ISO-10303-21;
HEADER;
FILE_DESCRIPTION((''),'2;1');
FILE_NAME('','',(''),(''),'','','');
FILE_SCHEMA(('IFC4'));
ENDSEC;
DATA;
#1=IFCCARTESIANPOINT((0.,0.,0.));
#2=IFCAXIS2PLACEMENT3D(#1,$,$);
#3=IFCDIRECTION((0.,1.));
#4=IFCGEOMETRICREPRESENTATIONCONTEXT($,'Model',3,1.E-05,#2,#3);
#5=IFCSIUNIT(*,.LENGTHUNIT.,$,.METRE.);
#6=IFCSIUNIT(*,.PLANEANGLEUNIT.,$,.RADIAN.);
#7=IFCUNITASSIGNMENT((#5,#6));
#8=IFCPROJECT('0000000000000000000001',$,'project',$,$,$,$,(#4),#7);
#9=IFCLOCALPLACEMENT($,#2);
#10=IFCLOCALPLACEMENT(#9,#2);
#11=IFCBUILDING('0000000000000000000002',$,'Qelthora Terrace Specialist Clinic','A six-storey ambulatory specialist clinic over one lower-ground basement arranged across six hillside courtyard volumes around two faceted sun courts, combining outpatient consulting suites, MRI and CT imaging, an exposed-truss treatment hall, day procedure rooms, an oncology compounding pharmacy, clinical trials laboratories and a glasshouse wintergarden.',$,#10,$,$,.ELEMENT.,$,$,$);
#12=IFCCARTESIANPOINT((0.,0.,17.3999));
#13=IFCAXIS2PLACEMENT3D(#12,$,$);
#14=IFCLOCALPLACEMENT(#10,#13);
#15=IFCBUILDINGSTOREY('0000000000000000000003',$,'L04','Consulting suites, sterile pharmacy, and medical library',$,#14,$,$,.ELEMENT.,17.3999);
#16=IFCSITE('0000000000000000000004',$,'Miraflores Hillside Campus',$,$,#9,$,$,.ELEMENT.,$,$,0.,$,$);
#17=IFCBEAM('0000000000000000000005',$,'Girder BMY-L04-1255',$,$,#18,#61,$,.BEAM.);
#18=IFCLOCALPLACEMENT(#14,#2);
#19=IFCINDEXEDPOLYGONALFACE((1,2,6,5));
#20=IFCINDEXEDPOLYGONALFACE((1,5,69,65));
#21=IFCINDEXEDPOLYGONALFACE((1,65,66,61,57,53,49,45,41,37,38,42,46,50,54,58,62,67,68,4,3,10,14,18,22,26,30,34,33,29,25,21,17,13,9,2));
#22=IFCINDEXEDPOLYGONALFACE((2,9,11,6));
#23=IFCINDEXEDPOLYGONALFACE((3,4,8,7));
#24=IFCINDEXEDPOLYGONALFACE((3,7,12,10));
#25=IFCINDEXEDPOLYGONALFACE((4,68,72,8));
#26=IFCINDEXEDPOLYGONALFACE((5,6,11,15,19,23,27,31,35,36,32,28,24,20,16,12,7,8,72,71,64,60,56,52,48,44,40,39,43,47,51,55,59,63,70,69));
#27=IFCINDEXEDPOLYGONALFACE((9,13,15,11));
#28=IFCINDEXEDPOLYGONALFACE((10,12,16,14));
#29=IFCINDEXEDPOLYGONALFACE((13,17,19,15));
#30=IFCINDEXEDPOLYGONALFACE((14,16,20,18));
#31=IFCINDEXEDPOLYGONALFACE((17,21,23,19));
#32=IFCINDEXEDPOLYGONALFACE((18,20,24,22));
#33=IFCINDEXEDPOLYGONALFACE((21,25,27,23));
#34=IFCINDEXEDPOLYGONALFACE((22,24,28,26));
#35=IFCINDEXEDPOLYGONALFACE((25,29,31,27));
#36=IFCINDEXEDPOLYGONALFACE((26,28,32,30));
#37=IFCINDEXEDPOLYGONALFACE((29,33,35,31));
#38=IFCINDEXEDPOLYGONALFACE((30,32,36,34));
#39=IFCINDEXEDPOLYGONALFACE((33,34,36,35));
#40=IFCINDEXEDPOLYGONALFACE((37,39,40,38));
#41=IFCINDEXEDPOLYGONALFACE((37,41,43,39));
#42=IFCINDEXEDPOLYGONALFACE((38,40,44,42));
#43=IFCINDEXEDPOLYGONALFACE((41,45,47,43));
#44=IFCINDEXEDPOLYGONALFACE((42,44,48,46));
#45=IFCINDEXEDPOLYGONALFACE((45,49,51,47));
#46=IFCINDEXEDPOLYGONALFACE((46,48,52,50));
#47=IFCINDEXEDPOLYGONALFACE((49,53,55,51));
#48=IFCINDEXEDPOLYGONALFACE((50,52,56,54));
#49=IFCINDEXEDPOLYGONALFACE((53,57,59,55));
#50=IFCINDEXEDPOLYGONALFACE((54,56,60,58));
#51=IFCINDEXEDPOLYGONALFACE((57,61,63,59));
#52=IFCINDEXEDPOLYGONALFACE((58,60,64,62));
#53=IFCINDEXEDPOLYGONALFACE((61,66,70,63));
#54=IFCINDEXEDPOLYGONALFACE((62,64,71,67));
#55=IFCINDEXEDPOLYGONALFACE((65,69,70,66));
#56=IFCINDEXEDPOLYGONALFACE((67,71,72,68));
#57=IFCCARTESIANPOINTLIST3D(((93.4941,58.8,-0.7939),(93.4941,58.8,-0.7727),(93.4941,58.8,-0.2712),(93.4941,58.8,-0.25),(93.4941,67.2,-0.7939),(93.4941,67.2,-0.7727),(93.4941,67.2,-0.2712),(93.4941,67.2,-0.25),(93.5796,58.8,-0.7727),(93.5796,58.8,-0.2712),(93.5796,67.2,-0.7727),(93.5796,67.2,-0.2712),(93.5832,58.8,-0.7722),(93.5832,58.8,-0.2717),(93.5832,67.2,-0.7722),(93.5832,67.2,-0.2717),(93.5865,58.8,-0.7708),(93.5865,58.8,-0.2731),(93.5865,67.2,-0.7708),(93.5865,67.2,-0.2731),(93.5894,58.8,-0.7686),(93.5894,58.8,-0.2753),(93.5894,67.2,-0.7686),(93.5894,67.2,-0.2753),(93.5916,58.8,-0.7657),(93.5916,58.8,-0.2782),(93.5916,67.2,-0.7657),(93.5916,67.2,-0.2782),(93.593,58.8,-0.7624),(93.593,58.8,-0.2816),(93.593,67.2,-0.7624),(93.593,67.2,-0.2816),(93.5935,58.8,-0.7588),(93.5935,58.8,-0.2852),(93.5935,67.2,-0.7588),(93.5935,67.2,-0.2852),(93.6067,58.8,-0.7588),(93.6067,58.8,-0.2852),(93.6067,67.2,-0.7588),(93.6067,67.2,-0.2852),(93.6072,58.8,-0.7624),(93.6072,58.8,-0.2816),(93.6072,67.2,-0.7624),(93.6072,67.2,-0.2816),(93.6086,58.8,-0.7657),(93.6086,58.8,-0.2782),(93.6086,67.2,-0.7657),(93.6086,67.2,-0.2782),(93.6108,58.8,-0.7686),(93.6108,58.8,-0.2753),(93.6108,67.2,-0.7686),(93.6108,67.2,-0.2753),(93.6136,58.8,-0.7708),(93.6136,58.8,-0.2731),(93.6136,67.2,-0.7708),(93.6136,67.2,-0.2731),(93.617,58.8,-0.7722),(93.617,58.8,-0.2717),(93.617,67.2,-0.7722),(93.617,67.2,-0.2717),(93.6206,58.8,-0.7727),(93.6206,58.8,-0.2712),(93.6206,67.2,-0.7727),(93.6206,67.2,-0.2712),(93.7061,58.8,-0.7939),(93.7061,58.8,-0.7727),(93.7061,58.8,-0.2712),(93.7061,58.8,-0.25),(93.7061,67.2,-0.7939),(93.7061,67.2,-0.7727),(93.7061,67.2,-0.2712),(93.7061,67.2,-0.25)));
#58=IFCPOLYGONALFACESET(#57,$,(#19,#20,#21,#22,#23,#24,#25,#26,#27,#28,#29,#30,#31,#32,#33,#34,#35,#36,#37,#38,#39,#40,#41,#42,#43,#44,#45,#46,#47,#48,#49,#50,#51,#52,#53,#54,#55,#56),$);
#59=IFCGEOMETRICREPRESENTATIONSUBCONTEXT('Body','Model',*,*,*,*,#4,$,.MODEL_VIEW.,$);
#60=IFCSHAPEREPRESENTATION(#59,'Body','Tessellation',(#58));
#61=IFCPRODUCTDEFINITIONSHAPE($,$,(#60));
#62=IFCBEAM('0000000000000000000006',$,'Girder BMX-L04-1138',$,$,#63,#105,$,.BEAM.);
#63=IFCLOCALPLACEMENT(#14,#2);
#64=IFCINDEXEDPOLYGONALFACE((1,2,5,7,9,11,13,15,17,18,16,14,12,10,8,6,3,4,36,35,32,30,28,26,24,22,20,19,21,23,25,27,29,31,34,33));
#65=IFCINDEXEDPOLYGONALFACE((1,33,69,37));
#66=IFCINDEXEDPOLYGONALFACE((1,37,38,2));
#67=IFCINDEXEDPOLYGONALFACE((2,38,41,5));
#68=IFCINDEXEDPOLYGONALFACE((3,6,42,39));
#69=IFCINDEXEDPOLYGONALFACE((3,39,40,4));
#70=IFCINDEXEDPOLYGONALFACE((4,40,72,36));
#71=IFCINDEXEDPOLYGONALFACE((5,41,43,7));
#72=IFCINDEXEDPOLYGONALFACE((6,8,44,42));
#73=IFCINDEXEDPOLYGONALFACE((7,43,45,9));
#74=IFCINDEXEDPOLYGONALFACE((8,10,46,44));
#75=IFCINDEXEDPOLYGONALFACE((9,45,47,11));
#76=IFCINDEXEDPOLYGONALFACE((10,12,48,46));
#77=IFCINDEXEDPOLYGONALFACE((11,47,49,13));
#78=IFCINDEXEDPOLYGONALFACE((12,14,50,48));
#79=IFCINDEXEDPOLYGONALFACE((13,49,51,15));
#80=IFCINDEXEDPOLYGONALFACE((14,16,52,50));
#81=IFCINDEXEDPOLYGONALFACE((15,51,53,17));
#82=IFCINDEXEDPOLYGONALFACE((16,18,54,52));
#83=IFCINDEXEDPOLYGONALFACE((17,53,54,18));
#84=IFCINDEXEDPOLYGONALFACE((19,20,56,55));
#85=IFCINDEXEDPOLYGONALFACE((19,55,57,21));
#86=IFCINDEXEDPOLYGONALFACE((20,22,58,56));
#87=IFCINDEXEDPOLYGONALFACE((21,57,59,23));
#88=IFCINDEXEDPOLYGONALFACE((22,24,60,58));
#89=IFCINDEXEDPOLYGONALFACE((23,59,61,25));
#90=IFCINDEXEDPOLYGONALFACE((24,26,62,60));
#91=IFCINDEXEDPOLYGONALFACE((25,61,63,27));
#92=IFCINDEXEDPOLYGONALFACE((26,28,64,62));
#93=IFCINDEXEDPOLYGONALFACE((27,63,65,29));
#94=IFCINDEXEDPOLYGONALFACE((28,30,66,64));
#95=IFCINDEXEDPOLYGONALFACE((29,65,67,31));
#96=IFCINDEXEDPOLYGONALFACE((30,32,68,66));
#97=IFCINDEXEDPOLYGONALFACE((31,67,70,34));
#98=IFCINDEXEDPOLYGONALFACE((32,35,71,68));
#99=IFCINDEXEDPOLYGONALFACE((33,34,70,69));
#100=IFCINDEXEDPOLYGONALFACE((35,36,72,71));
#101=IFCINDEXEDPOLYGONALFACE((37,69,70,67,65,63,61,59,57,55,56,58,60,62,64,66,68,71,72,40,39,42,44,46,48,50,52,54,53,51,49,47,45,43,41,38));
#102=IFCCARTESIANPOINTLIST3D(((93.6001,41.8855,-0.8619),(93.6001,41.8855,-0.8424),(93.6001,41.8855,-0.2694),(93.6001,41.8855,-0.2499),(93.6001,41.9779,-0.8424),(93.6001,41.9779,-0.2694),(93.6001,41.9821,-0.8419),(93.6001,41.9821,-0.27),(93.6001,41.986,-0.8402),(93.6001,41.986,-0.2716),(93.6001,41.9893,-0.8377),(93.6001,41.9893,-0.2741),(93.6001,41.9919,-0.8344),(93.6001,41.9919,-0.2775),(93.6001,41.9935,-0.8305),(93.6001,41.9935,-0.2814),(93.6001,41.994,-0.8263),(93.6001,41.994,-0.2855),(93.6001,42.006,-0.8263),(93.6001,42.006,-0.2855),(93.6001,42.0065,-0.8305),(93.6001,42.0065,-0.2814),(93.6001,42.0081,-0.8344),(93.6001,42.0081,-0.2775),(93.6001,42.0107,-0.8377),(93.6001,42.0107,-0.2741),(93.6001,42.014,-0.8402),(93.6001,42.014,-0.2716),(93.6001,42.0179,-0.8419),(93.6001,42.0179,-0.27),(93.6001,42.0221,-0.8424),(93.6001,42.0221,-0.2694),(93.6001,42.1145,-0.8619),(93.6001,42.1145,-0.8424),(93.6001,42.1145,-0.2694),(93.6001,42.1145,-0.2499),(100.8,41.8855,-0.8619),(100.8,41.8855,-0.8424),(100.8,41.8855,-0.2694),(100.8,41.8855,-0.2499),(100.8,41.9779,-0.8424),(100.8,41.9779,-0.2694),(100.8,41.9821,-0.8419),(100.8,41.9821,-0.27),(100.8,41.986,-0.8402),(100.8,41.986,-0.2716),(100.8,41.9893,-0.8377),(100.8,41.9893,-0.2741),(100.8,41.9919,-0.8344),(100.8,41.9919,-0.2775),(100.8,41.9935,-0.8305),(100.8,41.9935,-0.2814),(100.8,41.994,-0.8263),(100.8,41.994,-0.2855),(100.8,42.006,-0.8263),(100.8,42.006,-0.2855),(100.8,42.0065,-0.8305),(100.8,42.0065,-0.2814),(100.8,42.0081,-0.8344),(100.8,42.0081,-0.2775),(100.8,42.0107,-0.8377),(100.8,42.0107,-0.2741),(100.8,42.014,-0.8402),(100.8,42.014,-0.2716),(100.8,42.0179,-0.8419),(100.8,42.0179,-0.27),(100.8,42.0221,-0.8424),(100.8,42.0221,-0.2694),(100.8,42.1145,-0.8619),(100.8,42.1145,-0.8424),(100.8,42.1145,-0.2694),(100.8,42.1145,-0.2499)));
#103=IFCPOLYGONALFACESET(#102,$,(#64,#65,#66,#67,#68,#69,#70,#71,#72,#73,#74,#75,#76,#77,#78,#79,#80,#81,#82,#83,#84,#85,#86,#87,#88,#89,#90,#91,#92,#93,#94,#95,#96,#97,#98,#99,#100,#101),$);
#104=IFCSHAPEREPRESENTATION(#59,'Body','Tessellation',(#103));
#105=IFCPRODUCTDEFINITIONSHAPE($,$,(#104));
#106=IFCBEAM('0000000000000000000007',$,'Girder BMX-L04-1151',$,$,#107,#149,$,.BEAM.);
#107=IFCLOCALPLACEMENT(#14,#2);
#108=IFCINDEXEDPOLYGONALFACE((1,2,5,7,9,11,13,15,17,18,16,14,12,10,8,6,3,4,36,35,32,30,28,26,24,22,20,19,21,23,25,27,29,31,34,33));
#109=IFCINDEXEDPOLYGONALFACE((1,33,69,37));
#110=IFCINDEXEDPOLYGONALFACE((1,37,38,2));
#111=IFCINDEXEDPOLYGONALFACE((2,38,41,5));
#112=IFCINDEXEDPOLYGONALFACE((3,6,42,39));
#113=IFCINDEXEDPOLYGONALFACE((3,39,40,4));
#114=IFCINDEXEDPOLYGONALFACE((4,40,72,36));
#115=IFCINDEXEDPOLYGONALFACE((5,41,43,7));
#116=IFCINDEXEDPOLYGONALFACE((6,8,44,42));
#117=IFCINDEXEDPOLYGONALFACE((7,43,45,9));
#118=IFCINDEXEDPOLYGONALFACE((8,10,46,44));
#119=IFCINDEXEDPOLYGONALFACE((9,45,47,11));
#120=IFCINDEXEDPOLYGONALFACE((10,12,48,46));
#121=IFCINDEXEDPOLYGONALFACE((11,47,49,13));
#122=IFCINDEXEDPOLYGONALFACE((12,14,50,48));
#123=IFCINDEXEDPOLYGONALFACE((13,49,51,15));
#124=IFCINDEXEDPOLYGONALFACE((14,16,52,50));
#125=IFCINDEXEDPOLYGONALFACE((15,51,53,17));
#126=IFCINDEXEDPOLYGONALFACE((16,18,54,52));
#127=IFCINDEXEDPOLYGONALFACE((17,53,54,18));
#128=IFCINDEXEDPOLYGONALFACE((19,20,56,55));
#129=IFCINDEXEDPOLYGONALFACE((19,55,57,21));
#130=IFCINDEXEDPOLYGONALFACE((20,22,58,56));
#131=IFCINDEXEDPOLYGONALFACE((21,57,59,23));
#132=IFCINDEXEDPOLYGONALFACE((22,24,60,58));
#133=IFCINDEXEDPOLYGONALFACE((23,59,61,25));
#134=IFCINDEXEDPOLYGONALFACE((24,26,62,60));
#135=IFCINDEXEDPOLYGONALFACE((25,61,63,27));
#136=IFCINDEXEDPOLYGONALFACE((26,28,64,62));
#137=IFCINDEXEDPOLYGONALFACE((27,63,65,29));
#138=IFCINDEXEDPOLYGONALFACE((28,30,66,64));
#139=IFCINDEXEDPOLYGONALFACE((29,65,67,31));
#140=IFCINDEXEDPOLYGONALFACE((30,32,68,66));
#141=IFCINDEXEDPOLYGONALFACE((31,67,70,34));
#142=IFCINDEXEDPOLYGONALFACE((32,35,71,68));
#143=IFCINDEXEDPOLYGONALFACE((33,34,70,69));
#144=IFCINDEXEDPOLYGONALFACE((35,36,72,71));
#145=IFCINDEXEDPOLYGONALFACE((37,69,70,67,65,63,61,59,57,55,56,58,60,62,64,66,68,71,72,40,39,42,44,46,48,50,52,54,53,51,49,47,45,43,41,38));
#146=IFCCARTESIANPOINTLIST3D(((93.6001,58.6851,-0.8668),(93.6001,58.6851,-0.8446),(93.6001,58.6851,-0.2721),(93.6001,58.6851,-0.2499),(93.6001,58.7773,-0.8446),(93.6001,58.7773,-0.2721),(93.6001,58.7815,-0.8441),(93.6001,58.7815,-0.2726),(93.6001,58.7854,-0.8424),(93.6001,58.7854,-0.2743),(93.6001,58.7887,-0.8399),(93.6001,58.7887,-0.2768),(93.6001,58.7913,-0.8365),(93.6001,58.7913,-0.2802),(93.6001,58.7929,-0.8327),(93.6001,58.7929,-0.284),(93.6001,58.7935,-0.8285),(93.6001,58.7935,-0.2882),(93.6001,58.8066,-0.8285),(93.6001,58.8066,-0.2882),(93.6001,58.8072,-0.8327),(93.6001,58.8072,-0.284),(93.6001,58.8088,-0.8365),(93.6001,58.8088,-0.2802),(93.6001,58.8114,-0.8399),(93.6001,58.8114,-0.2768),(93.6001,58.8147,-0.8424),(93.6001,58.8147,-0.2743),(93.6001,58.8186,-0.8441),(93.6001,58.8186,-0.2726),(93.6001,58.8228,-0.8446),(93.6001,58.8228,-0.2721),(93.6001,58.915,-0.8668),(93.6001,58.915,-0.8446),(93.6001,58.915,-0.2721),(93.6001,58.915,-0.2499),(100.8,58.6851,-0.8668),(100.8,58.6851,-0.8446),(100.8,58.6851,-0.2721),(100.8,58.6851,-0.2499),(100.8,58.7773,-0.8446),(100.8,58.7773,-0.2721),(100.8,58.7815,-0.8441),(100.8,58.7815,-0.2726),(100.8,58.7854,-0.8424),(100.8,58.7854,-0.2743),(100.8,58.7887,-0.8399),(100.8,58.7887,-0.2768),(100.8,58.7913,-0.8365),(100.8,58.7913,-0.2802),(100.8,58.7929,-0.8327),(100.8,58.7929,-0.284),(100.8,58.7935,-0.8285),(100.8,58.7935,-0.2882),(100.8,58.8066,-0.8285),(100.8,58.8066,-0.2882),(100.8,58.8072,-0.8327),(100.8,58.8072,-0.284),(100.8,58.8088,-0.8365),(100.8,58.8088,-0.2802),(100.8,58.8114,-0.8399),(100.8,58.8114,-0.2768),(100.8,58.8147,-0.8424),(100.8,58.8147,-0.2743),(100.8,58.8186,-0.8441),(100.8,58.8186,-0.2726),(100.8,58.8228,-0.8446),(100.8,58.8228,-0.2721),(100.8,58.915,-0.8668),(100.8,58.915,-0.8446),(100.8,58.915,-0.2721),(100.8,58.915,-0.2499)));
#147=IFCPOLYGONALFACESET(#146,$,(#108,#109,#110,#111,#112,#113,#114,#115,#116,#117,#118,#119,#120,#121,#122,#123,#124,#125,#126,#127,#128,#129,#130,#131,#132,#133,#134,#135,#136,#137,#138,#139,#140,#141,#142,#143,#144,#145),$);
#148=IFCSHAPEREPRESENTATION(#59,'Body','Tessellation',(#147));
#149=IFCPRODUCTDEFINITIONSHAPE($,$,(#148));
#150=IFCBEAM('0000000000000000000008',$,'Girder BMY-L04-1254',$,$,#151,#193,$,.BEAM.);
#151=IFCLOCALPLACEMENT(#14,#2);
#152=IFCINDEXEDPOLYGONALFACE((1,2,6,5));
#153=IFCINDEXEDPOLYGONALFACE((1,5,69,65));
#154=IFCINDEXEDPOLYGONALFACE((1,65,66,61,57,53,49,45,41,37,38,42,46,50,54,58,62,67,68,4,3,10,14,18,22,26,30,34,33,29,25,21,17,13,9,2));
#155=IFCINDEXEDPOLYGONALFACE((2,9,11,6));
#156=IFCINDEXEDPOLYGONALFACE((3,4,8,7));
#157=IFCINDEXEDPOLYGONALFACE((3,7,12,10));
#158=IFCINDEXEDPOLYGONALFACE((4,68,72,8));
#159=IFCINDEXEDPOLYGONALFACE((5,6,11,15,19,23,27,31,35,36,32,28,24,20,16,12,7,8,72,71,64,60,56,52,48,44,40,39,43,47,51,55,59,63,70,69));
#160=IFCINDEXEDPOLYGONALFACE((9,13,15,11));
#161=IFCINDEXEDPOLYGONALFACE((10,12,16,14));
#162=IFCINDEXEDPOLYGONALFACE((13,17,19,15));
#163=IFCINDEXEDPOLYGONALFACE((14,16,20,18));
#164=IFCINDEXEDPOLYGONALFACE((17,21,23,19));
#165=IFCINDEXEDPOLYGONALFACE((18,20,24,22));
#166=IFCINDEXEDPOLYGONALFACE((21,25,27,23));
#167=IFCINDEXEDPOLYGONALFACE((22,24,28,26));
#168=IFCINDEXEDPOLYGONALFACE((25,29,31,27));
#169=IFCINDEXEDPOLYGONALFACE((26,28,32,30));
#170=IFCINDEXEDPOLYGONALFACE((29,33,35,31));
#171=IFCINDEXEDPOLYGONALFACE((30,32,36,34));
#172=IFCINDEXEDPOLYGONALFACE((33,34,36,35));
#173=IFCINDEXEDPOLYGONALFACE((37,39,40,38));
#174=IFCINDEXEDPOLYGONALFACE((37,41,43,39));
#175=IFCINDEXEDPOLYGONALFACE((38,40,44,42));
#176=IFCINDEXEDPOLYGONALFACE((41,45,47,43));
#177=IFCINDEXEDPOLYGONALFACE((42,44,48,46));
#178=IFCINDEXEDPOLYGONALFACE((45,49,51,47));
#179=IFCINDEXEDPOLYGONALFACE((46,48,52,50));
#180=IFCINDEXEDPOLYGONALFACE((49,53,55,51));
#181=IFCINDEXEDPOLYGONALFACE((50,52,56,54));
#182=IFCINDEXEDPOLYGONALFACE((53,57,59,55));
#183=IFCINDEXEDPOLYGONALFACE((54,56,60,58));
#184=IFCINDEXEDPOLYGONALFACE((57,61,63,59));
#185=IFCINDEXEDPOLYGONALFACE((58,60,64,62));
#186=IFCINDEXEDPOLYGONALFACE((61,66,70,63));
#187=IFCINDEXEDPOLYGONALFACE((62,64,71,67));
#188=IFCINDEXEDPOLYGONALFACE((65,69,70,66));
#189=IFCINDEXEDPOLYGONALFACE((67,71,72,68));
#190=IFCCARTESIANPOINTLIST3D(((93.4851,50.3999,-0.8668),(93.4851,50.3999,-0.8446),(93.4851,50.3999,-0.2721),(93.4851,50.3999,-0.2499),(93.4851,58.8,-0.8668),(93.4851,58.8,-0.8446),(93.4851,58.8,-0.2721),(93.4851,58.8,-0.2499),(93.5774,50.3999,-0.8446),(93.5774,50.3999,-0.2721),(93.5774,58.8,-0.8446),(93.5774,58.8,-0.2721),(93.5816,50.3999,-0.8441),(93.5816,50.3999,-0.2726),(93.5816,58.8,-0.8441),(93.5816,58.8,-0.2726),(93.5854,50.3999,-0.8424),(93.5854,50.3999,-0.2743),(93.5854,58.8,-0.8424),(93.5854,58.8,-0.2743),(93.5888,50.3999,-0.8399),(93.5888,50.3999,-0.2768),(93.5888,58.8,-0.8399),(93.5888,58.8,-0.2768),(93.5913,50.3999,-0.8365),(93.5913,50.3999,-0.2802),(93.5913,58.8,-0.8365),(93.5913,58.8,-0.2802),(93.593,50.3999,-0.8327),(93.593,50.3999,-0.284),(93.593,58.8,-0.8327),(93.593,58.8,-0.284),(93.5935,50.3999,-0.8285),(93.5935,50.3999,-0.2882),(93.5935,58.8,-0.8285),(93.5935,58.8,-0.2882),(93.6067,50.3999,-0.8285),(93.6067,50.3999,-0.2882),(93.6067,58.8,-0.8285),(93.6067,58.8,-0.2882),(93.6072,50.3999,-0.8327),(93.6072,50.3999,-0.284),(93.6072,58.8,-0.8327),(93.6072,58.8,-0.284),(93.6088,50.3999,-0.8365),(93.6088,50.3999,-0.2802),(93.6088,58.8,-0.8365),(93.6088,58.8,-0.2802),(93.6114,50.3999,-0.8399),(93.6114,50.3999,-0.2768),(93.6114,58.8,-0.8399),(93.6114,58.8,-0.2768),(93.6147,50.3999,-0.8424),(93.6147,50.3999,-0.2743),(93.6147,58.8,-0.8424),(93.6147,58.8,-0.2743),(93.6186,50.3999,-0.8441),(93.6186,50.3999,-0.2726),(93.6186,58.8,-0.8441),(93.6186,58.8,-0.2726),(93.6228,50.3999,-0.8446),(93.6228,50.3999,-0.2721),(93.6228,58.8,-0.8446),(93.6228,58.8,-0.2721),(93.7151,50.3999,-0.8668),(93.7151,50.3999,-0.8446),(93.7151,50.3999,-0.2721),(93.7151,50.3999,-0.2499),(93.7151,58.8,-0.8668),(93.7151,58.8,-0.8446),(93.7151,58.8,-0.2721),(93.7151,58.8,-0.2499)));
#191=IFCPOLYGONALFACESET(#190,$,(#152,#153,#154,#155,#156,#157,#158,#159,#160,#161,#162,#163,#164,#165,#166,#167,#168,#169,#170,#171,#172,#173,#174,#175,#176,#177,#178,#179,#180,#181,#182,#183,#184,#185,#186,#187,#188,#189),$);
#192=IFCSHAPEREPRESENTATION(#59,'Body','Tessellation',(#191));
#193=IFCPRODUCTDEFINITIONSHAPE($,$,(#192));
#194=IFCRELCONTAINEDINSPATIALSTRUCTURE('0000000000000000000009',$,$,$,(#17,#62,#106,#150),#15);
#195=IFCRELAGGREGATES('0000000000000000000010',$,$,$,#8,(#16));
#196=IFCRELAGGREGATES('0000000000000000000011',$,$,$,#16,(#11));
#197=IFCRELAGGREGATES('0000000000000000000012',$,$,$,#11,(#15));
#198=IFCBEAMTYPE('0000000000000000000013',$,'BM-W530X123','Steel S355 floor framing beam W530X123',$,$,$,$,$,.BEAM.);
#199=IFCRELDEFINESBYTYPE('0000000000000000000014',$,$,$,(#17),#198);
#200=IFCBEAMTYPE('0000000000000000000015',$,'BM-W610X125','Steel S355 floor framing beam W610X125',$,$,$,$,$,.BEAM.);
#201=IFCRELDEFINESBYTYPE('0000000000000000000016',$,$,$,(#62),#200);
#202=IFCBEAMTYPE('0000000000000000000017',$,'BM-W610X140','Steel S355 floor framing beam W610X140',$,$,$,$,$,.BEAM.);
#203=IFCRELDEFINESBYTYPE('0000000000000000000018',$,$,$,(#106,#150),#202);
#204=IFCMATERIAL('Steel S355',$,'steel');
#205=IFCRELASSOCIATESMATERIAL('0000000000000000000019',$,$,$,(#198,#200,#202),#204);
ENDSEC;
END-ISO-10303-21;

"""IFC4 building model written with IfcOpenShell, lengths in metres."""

from ifc_helpers import new_model, si_unit, direction, frame, origin, origin_2d, place, context, subcontext, project, spatial, i_section, extrude, material, material_profile, profile_set, type_object, element, save


model = new_model("IFC4")

# Units and contexts
model_context = context("Model", 3, precision=1e-05, world=origin(), true_north=direction((0.0, 1.0)))
body_context = subcontext(model_context, "Body", "Model", "MODEL_VIEW")
ifc_project = project(units=[si_unit("LENGTHUNIT", "METRE"), si_unit("PLANEANGLEUNIT", "RADIAN")], contexts=[model_context])

# Site, building, storey
site_placement = place(None, origin())
site = spatial("IfcSite", under=ifc_project, at=site_placement, Name="Miraflores Hillside Campus", CompositionType="ELEMENT", RefElevation=0.0)
building_placement = place(site_placement, origin())
building = spatial("IfcBuilding", under=site, at=building_placement, Name="Qelthora Terrace Specialist Clinic", Description="A six-storey ambulatory specialist clinic over one lower-ground basement arranged across six hillside courtyard volumes around two faceted sun courts, combining outpatient consulting suites, MRI and CT imaging, an exposed-truss treatment hall, day procedure rooms, an oncology compounding pharmacy, clinical trials laboratories and a glasshouse wintergarden.", CompositionType="ELEMENT")
storey_placement = place(building_placement, frame((0.0, 0.0, 17.3999)))
storey = spatial("IfcBuildingStorey", under=building, at=storey_placement, Name="L04", Description="Consulting suites, sterile pharmacy, and medical library", CompositionType="ELEMENT", Elevation=17.3999)

# Shared definitions
ifc_material_1 = material(Name="Steel S355", Category="steel")

# Beams
ifc_material_profile_1 = material_profile(ifc_material_1, i_section(OverallWidth=0.2119, OverallDepth=0.5439, WebThickness=0.0132, FlangeThickness=0.0212, FilletRadius=0.0139, at=origin_2d()), Name="W530X123")
ifc_profile_set_1 = profile_set([ifc_material_profile_1], Name="Steel S355")
beam_type_1 = type_object("IfcBeamType", Name="BM-W530X123", Description="Steel S355 floor framing beam W530X123", PredefinedType="BEAM", material=ifc_profile_set_1)
beam_1_placement = place(storey_placement, frame((93.6001, 58.8, -0.522), z_axis=(0.0, 1.0, 0.0), x_axis=(-1.0, 0.0, 0.0)))
element("IfcBeam", 1, at=beam_1_placement, inside=storey, type_object=beam_type_1, Name="Girder BMY-L04-1255", PredefinedType="BEAM", context=body_context, shape_type="SweptSolid", body=[
    extrude(i_section(OverallWidth=0.2119, OverallDepth=0.5439, WebThickness=0.0132, FlangeThickness=0.0212, FilletRadius=0.0139, at=origin_2d()), origin(), (0.0, 0.0, 1.0), 8.3999),
])
ifc_material_profile_2 = material_profile(ifc_material_1, i_section(OverallWidth=0.229, OverallDepth=0.6121, WebThickness=0.012, FlangeThickness=0.0195, FilletRadius=0.0161, at=origin_2d()), Name="W610X125")
ifc_profile_set_2 = profile_set([ifc_material_profile_2], Name="Steel S355")
beam_type_2 = type_object("IfcBeamType", Name="BM-W610X125", Description="Steel S355 floor framing beam W610X125", PredefinedType="BEAM", material=ifc_profile_set_2)
beam_2_placement = place(storey_placement, frame((93.6001, 42.0, -0.5559), z_axis=(1.0, 0.0, 0.0), x_axis=(0.0, 1.0, 0.0)))
element("IfcBeam", 2, at=beam_2_placement, inside=storey, type_object=beam_type_2, Name="Girder BMX-L04-1138", PredefinedType="BEAM", context=body_context, shape_type="SweptSolid", body=[
    extrude(i_section(OverallWidth=0.229, OverallDepth=0.6121, WebThickness=0.012, FlangeThickness=0.0195, FilletRadius=0.0161, at=origin_2d()), origin(), (0.0, 0.0, 1.0), 7.2),
])
ifc_material_profile_3 = material_profile(ifc_material_1, i_section(OverallWidth=0.23, OverallDepth=0.6169, WebThickness=0.0132, FlangeThickness=0.0222, FilletRadius=0.0161, at=origin_2d()), Name="W610X140")
ifc_profile_set_3 = profile_set([ifc_material_profile_3], Name="Steel S355")
beam_type_3 = type_object("IfcBeamType", Name="BM-W610X140", Description="Steel S355 floor framing beam W610X140", PredefinedType="BEAM", material=ifc_profile_set_3)
beam_3_placement = place(storey_placement, frame((93.6001, 58.8, -0.5583), z_axis=(1.0, 0.0, 0.0), x_axis=(0.0, 1.0, 0.0)))
element("IfcBeam", 3, at=beam_3_placement, inside=storey, type_object=beam_type_3, Name="Girder BMX-L04-1151", PredefinedType="BEAM", context=body_context, shape_type="SweptSolid", body=[
    extrude(i_section(OverallWidth=0.23, OverallDepth=0.6169, WebThickness=0.0132, FlangeThickness=0.0222, FilletRadius=0.0161, at=origin_2d()), origin(), (0.0, 0.0, 1.0), 7.2),
])
beam_4_placement = place(storey_placement, frame((93.6001, 50.3999, -0.5583), z_axis=(0.0, 1.0, 0.0), x_axis=(-1.0, 0.0, 0.0)))
element("IfcBeam", 4, at=beam_4_placement, inside=storey, type_object=beam_type_3, Name="Girder BMY-L04-1254", PredefinedType="BEAM", context=body_context, shape_type="SweptSolid", body=[
    extrude(i_section(OverallWidth=0.23, OverallDepth=0.6169, WebThickness=0.0132, FlangeThickness=0.0222, FilletRadius=0.0161, at=origin_2d()), origin(), (0.0, 0.0, 1.0), 8.4001),
])

save(model, "model.ifc")
